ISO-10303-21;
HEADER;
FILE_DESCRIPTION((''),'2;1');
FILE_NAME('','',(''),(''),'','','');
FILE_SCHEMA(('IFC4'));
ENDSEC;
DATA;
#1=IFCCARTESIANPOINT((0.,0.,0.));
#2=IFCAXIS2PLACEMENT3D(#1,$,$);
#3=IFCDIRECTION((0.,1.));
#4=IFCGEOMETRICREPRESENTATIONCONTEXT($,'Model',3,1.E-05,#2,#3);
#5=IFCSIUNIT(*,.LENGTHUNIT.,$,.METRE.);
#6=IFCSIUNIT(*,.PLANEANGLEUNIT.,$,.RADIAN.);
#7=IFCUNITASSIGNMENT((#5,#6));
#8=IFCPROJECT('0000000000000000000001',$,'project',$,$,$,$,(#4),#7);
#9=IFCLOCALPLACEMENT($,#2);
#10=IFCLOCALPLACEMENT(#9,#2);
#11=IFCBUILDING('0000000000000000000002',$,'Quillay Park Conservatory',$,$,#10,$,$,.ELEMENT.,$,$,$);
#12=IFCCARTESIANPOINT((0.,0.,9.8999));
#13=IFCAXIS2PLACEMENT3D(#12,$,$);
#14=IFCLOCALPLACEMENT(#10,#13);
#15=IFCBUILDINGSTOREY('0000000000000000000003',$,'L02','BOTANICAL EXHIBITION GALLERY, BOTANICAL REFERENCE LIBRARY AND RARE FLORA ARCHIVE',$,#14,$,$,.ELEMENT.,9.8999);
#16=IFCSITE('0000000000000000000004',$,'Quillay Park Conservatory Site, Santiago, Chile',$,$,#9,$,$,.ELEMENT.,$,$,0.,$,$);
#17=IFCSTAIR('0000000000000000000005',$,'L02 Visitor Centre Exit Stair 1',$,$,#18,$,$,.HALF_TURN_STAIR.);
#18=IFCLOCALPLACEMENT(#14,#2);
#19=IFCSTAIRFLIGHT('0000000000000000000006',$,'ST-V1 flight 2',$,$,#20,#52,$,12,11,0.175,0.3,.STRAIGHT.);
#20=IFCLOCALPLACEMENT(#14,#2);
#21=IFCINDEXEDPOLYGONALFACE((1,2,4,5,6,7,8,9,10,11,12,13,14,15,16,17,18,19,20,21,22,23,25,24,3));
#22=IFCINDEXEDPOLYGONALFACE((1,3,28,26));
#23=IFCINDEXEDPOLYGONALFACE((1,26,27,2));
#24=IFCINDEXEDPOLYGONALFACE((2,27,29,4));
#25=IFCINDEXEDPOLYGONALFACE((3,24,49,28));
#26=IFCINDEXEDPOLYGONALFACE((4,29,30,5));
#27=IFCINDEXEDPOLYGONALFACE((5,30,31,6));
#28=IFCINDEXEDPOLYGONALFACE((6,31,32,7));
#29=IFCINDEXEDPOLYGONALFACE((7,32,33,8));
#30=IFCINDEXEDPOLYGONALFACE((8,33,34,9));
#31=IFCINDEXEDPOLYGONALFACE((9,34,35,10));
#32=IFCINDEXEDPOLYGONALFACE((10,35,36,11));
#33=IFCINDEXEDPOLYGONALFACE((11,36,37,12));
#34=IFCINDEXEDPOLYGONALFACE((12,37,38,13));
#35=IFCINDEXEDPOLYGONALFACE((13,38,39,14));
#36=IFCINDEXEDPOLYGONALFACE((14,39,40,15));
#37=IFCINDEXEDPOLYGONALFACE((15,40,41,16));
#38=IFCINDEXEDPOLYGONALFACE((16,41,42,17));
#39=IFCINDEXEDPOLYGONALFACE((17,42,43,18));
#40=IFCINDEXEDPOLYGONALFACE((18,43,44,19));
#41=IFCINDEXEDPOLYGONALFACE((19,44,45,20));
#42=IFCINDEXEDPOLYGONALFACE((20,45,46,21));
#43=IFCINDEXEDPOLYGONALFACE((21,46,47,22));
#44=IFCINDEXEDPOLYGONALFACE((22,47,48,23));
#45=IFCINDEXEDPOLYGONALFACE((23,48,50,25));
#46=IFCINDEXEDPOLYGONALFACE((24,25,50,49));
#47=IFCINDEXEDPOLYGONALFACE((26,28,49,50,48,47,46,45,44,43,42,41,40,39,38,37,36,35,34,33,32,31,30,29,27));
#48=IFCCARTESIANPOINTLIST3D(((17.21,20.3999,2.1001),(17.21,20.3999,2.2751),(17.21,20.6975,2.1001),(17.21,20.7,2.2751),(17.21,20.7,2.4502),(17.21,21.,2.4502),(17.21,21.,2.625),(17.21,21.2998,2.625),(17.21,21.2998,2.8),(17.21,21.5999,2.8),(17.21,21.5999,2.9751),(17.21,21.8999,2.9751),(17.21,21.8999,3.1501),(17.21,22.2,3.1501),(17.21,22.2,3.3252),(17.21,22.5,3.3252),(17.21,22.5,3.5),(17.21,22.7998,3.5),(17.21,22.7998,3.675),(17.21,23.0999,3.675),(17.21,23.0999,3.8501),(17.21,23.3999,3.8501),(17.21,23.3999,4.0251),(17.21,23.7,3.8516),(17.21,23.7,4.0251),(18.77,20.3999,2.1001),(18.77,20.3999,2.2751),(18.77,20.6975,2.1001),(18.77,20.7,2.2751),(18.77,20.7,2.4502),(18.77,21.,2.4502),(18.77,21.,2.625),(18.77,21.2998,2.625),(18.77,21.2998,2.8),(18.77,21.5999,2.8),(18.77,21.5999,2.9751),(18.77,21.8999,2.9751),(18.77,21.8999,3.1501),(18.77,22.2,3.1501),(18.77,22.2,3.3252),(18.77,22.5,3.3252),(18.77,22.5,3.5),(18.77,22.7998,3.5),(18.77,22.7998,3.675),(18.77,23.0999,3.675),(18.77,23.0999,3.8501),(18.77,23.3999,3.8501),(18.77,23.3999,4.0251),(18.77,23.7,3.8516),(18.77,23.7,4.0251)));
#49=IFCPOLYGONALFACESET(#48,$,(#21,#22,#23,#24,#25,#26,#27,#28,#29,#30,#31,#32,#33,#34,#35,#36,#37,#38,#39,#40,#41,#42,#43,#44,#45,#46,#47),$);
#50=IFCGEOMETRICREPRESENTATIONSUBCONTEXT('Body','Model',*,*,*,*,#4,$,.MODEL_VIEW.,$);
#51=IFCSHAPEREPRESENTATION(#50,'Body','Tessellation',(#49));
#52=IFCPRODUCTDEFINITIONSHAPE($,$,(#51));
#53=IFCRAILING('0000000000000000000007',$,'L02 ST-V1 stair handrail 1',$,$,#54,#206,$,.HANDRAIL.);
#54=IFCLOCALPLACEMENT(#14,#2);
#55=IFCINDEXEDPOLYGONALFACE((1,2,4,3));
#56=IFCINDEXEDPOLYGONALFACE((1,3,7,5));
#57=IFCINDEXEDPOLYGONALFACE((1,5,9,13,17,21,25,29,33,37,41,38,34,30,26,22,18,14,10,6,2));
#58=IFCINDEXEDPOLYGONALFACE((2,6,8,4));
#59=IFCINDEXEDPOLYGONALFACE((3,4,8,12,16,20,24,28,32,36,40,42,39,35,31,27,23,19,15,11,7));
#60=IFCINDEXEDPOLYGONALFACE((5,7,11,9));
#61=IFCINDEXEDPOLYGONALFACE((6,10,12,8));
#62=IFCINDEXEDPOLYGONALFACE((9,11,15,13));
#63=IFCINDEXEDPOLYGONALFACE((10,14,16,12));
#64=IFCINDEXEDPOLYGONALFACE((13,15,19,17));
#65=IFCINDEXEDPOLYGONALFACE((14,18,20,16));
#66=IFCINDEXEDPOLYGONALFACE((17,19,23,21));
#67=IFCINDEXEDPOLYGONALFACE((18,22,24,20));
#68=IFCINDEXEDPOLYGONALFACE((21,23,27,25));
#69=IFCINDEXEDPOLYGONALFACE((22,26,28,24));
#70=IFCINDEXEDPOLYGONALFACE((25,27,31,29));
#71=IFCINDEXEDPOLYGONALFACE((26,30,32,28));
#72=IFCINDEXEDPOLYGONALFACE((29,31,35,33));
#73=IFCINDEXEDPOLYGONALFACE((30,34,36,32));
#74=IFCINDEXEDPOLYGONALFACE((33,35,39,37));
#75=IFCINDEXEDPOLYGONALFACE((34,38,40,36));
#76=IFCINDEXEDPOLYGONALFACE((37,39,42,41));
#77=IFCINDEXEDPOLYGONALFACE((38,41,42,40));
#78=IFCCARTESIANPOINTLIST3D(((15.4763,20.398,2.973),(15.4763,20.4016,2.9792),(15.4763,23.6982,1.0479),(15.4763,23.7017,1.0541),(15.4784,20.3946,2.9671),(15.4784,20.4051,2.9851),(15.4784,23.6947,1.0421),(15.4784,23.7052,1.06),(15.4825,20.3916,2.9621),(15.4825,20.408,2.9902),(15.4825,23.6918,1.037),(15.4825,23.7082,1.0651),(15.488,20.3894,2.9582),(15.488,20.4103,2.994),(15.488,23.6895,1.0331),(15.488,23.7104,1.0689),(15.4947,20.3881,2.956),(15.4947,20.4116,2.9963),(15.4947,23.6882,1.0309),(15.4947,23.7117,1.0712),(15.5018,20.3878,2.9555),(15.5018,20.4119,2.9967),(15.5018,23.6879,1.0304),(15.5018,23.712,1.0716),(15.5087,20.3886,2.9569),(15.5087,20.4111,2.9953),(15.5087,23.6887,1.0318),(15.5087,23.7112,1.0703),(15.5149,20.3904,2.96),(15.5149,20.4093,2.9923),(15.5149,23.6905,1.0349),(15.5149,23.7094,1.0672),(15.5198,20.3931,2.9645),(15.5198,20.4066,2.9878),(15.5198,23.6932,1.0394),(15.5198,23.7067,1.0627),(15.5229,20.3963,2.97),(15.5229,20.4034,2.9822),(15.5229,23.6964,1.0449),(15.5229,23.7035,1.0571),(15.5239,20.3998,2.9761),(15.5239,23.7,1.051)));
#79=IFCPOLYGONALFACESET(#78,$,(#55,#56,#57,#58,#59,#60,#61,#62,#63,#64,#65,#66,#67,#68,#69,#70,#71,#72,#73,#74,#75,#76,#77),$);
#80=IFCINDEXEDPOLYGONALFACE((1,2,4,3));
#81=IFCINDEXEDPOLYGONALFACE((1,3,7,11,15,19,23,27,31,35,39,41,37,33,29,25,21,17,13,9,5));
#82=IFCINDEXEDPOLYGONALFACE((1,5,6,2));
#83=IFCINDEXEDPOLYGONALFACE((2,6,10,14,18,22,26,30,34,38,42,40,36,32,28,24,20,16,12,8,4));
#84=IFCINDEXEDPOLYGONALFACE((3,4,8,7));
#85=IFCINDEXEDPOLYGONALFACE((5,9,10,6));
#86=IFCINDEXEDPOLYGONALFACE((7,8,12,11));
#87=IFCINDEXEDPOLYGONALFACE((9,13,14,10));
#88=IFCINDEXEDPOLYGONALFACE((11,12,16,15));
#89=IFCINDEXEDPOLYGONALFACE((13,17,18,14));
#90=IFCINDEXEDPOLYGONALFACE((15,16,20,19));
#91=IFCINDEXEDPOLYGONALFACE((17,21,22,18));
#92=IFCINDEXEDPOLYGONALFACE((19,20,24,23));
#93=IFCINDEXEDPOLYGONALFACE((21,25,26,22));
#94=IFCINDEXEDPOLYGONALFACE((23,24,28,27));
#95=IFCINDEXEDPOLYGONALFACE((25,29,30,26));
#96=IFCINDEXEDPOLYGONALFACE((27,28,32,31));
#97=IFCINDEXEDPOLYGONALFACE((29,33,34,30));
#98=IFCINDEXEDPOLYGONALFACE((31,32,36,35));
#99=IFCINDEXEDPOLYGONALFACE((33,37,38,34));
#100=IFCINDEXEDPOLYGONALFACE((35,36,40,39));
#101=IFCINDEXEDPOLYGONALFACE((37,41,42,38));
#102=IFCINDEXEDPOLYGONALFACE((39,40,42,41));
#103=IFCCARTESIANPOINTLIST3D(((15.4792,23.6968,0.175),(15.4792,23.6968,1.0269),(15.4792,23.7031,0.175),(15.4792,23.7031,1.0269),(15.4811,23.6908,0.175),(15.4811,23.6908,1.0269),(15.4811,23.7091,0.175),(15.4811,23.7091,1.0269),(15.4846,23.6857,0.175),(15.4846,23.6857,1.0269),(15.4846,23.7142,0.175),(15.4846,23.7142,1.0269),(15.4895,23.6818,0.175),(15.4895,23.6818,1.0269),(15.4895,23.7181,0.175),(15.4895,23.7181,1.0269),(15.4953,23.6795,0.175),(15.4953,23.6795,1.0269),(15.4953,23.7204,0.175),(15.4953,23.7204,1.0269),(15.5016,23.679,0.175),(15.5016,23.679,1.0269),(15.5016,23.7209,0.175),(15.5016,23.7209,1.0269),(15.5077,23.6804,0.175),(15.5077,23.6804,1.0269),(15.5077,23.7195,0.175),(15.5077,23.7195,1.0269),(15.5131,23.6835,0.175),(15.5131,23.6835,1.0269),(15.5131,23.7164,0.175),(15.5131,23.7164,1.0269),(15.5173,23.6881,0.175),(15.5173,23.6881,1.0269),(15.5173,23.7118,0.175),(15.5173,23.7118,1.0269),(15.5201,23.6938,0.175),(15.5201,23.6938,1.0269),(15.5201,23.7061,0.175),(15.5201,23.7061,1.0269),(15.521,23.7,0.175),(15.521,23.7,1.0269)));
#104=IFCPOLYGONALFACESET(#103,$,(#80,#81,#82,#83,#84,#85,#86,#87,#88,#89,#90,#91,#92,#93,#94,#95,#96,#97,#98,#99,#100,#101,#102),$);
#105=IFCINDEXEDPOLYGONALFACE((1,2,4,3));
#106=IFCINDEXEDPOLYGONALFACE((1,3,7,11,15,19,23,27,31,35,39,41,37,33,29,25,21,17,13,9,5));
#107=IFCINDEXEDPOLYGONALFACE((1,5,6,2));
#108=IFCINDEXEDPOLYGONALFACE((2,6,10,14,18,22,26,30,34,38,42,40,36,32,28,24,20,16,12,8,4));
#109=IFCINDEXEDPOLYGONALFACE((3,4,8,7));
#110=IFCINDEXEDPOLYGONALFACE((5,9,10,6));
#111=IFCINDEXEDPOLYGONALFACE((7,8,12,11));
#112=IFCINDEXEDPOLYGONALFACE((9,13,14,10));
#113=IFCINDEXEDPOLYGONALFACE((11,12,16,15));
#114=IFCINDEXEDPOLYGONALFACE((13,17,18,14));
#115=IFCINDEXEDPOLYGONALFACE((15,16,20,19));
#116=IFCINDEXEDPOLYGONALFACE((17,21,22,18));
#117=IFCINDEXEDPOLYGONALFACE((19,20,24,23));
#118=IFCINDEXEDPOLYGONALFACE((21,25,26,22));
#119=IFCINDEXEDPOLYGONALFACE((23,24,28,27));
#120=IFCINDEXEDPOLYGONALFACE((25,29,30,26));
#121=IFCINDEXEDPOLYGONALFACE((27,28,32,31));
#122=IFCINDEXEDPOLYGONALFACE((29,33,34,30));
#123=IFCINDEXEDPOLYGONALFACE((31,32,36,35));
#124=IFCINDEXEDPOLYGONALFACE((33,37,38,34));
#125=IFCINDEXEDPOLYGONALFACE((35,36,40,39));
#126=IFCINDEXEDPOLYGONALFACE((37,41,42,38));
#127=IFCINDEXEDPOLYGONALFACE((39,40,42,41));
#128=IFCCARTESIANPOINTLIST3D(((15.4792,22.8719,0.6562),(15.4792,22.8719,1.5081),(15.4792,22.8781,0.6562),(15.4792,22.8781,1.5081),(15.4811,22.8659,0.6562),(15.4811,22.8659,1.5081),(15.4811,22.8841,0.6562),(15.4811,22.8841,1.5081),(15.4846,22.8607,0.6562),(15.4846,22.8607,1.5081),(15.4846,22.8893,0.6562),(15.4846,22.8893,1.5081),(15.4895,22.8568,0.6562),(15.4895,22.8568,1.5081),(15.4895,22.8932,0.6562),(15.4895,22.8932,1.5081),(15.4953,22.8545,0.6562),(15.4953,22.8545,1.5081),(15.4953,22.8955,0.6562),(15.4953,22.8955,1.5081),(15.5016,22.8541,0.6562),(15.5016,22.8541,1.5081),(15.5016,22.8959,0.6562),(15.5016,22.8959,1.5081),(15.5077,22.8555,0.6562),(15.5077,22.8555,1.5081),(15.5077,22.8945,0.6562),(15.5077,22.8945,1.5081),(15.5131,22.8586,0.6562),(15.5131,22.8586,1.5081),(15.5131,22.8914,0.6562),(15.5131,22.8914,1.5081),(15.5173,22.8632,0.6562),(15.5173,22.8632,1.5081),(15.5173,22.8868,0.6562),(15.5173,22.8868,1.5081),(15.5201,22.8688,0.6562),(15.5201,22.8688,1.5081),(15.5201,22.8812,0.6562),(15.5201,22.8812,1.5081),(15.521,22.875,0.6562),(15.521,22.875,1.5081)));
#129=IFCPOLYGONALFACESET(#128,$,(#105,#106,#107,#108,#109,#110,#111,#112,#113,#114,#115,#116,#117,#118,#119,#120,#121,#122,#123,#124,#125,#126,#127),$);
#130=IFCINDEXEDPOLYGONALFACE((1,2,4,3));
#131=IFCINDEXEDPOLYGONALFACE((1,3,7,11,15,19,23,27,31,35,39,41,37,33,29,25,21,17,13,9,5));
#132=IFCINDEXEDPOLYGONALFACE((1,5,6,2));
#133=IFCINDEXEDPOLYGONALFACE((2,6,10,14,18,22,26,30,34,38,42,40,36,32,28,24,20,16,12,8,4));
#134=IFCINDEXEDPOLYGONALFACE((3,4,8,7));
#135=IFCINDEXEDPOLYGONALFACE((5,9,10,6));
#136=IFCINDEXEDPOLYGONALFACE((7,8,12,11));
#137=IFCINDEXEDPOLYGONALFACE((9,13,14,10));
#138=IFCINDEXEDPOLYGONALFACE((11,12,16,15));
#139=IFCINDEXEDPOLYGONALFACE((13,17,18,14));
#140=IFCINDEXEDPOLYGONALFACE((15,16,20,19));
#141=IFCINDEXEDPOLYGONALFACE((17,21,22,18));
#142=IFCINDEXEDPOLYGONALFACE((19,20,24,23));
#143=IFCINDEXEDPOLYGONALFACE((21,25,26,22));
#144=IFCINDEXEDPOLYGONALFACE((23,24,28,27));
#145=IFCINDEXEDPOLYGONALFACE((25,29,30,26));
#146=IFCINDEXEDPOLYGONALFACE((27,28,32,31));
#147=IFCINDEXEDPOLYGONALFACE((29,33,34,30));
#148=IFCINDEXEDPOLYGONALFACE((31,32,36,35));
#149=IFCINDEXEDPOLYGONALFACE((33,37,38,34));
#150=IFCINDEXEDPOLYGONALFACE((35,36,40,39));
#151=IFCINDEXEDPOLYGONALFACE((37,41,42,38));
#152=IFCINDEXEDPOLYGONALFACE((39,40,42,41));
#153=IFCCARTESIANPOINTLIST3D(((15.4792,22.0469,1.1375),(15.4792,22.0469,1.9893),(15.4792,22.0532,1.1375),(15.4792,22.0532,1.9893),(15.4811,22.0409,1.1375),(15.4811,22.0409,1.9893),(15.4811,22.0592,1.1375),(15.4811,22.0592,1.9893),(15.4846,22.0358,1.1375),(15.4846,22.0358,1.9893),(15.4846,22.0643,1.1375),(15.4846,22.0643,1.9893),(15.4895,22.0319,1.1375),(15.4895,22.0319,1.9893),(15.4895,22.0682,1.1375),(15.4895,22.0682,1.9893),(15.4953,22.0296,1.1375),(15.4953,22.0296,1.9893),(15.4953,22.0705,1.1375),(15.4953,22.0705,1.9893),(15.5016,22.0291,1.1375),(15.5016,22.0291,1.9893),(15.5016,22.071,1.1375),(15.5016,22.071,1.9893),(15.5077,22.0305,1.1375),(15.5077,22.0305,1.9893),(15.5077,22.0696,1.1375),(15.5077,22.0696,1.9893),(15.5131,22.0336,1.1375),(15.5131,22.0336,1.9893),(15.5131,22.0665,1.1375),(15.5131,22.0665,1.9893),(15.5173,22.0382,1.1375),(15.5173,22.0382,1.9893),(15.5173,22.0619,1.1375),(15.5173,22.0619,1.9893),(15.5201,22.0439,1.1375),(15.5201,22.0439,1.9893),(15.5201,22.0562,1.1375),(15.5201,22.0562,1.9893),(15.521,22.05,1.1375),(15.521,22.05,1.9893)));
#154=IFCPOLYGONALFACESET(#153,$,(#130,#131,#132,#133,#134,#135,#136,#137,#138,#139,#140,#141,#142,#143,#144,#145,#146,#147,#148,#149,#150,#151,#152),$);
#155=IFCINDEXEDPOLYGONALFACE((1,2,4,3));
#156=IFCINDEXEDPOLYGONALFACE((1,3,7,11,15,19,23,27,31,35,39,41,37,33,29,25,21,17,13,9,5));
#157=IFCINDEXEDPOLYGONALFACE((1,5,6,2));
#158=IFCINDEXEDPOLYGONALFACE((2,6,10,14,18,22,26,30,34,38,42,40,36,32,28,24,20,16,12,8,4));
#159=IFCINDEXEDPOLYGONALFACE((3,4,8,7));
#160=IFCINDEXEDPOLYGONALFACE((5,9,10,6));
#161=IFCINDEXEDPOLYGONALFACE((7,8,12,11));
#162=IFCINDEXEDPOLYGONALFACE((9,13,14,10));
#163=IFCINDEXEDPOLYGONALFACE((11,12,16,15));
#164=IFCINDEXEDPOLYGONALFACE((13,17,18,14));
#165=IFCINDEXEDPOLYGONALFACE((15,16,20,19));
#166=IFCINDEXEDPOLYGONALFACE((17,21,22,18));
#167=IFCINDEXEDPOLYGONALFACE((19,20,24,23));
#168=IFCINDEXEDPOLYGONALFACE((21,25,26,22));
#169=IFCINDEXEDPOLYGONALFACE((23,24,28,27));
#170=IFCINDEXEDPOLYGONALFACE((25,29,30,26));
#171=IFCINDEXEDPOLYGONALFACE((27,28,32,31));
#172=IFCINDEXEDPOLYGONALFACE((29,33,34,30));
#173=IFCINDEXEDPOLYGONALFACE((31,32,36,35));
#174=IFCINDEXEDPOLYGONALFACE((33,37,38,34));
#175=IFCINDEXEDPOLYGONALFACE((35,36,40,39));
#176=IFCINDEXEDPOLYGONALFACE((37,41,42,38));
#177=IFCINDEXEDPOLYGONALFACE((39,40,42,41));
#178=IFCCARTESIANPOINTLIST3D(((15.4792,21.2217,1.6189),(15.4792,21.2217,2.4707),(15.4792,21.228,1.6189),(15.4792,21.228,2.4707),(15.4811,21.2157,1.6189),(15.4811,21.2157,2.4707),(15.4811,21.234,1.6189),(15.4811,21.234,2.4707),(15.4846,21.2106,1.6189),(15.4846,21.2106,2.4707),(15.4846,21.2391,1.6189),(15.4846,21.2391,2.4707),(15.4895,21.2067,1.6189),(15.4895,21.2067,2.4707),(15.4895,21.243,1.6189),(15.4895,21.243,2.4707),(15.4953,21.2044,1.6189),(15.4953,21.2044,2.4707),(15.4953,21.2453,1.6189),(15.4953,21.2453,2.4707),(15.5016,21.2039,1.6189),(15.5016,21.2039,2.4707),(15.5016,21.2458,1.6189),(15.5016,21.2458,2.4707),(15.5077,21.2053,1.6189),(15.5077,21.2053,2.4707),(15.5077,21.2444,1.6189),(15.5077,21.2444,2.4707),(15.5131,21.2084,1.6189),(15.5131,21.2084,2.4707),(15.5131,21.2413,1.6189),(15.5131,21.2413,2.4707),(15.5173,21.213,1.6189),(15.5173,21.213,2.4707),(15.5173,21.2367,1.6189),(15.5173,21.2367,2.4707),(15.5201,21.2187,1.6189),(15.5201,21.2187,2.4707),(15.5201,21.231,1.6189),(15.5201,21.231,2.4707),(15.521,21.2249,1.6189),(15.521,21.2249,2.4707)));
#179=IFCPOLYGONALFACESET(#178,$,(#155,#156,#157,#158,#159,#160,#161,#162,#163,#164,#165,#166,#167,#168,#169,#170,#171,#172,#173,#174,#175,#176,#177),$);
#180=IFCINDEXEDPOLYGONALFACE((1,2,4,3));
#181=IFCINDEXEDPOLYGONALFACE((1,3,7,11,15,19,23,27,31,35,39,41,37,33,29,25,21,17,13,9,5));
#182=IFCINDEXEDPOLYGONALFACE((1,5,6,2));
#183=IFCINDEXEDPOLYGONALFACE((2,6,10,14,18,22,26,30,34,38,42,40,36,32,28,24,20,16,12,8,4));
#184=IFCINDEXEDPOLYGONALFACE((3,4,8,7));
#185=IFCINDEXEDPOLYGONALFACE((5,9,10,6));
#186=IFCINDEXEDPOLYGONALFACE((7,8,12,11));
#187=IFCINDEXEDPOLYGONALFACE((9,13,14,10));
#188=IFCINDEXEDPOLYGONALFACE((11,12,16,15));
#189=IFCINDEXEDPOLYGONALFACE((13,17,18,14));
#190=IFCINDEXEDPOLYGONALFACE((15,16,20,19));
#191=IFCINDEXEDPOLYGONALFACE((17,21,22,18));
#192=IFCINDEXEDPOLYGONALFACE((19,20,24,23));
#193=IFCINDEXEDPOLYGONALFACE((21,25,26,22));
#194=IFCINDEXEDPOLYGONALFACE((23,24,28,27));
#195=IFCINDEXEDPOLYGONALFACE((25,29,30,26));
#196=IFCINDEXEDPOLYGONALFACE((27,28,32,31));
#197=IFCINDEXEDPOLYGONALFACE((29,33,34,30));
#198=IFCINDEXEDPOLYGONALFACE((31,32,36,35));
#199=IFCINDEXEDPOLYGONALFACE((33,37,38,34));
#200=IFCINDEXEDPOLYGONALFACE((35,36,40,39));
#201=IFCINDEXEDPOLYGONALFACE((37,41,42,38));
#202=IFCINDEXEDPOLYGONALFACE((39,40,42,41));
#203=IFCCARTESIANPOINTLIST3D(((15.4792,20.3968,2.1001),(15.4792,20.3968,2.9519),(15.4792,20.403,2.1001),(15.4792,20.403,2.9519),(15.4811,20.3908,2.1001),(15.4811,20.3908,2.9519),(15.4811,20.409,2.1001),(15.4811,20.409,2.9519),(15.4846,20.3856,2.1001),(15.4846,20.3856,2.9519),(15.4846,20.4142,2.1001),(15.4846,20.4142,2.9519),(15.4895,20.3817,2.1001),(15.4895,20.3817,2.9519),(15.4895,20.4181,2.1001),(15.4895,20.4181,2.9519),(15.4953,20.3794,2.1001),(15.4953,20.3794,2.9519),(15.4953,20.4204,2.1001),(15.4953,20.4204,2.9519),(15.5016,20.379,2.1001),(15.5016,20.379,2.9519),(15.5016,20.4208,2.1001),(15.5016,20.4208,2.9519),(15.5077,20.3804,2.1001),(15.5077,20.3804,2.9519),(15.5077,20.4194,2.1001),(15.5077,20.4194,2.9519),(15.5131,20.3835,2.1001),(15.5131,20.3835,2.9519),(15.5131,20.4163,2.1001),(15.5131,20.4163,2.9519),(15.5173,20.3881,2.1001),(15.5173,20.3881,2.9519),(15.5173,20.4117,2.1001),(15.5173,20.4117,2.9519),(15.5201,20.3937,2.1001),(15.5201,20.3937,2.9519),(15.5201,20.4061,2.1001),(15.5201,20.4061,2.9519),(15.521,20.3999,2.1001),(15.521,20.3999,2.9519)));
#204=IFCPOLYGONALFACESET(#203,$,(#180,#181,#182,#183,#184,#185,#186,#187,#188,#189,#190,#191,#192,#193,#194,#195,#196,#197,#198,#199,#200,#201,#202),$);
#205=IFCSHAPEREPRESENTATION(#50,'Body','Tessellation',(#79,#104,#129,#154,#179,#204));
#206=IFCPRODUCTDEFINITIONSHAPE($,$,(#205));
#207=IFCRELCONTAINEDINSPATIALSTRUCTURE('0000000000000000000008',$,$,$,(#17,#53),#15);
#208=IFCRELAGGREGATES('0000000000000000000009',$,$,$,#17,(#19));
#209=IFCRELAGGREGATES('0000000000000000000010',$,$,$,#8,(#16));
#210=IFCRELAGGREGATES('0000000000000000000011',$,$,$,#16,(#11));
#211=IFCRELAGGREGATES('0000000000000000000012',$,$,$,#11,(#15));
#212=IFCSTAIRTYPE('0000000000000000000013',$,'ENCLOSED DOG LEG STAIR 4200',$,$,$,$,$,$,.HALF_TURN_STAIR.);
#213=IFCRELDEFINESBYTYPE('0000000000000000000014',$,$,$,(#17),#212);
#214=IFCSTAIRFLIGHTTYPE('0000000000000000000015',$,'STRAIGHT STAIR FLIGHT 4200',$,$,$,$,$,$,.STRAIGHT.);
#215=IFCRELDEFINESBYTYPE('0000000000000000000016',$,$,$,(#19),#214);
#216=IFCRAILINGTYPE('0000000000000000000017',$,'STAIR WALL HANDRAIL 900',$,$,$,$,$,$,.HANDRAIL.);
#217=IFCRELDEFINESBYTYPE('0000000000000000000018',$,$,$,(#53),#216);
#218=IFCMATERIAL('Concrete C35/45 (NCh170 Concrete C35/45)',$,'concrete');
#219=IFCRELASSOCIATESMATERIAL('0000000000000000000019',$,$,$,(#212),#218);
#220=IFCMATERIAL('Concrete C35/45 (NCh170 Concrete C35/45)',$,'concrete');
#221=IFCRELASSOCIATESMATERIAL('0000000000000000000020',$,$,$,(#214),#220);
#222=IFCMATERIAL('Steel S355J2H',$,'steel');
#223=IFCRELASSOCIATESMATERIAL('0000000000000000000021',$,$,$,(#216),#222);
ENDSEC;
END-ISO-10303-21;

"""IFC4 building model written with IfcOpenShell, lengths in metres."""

from ifc_helpers import new_model, si_unit, direction, frame, origin, origin_2d, place, context, subcontext, project, spatial, polyline, circle, outline, extrude, material, type_object, element, aggregate, save


model = new_model("IFC4")

# Units and contexts
model_context = context("Model", 3, precision=1e-05, world=origin(), true_north=direction((0.0, 1.0)))
body_context = subcontext(model_context, "Body", "Model", "MODEL_VIEW")
ifc_project = project(units=[si_unit("LENGTHUNIT", "METRE"), si_unit("PLANEANGLEUNIT", "RADIAN")], contexts=[model_context])

# Site, building, storey
site_placement = place(None, origin())
site = spatial("IfcSite", under=ifc_project, at=site_placement, Name="Quillay Park Conservatory Site, Santiago, Chile", CompositionType="ELEMENT", RefElevation=0.0)
building_placement = place(site_placement, origin())
building = spatial("IfcBuilding", under=site, at=building_placement, Name="Quillay Park Conservatory", CompositionType="ELEMENT")
storey_placement = place(building_placement, frame((0.0, 0.0, 9.8999)))
storey = spatial("IfcBuildingStorey", under=building, at=storey_placement, Name="L02", Description="BOTANICAL EXHIBITION GALLERY, BOTANICAL REFERENCE LIBRARY AND RARE FLORA ARCHIVE", CompositionType="ELEMENT", Elevation=9.8999)

# Stair, stair flight
ifc_material_1 = material(Name="Concrete C35/45 (NCh170 Concrete C35/45)", Category="concrete")
stair_type = type_object("IfcStairType", Name="ENCLOSED DOG LEG STAIR 4200", PredefinedType="HALF_TURN_STAIR", material=ifc_material_1)
stair_placement = place(storey_placement, origin())
stair = element("IfcStair", 1, at=stair_placement, inside=storey, type_object=stair_type, Name="L02 Visitor Centre Exit Stair 1", PredefinedType="HALF_TURN_STAIR")
ifc_material_2 = material(Name="Concrete C35/45 (NCh170 Concrete C35/45)", Category="concrete")
stair_flight_type = type_object("IfcStairFlightType", Name="STRAIGHT STAIR FLIGHT 4200", PredefinedType="STRAIGHT", material=ifc_material_2)
stair_flight_1_placement = place(storey_placement, frame((17.99, 20.3999, 2.1001), z_axis=(0.0, 0.0, 1.0), x_axis=(0.0, 1.0, 0.0)))
stair_flight_1 = element("IfcStairFlight", 2, at=stair_flight_1_placement, type_object=stair_flight_type, Name="ST-V1 flight 2", NumberOfRisers=12, NumberOfTreads=11, PredefinedType="STRAIGHT", RiserHeight=0.175, TreadLength=0.3, context=body_context, shape_type="SweptSolid", body=[
    extrude(outline(polyline([(0.0, 0.0), (0.0, 0.175), (0.3, 0.175), (0.3, 0.3501), (0.6001, 0.3501), (0.6001, 0.5249), (0.8999, 0.5249), (0.8999, 0.7), (1.2, 0.7), (1.2, 0.875), (1.5, 0.875), (1.5, 1.05), (1.8, 1.05), (1.8, 1.2251), (2.1001, 1.2251), (2.1001, 1.3999), (2.3999, 1.3999), (2.3999, 1.575), (2.7, 1.575), (2.7, 1.75), (3.0, 1.75), (3.0, 1.925), (3.3, 1.925), (3.3, 2.1001), (3.3, 1.7515), (0.2976, 0.0), (0.0, 0.0)])), frame((0.0, 0.78, 0.0), z_axis=(0.0, -1.0, 0.0), x_axis=(1.0, 0.0, 0.0)), (0.0, 0.0, 1.0), 1.5601),
])
aggregate(stair, [stair_flight_1])

# Railing
ifc_material_3 = material(Name="Steel S355J2H", Category="steel")
railing_type_1 = type_object("IfcRailingType", Name="STAIR WALL HANDRAIL 900", PredefinedType="HANDRAIL", material=ifc_material_3)
railing_1_placement = place(storey_placement, frame((15.5, 23.7, 0.175)))
element("IfcRailing", 3, at=railing_1_placement, inside=storey, type_object=railing_type_1, Name="L02 ST-V1 stair handrail 1", PredefinedType="HANDRAIL", context=body_context, shape_type="SweptSolid", body=[
    extrude(circle(Radius=0.0239, at=origin_2d()), frame((0.0, 0.0, 0.876), z_axis=(0.0, -0.863777, 0.503875), x_axis=(1.0, 0.0, 0.0)), (0.0, 0.0, 1.0), 3.8206),
    extrude(circle(Radius=0.021, at=origin_2d()), origin(), (0.0, 0.0, 1.0), 0.8518),
    extrude(circle(Radius=0.021, at=origin_2d()), frame((0.0, -0.825, 0.4812)), (0.0, 0.0, 1.0), 0.8518),
    extrude(circle(Radius=0.021, at=origin_2d()), frame((0.0, -1.6499, 0.9624)), (0.0, 0.0, 1.0), 0.8518),
    extrude(circle(Radius=0.021, at=origin_2d()), frame((0.0, -2.4751, 1.4438)), (0.0, 0.0, 1.0), 0.8518),
    extrude(circle(Radius=0.021, at=origin_2d()), frame((0.0, -3.3, 1.925)), (0.0, 0.0, 1.0), 0.8518),
])

save(model, "model.ifc")
